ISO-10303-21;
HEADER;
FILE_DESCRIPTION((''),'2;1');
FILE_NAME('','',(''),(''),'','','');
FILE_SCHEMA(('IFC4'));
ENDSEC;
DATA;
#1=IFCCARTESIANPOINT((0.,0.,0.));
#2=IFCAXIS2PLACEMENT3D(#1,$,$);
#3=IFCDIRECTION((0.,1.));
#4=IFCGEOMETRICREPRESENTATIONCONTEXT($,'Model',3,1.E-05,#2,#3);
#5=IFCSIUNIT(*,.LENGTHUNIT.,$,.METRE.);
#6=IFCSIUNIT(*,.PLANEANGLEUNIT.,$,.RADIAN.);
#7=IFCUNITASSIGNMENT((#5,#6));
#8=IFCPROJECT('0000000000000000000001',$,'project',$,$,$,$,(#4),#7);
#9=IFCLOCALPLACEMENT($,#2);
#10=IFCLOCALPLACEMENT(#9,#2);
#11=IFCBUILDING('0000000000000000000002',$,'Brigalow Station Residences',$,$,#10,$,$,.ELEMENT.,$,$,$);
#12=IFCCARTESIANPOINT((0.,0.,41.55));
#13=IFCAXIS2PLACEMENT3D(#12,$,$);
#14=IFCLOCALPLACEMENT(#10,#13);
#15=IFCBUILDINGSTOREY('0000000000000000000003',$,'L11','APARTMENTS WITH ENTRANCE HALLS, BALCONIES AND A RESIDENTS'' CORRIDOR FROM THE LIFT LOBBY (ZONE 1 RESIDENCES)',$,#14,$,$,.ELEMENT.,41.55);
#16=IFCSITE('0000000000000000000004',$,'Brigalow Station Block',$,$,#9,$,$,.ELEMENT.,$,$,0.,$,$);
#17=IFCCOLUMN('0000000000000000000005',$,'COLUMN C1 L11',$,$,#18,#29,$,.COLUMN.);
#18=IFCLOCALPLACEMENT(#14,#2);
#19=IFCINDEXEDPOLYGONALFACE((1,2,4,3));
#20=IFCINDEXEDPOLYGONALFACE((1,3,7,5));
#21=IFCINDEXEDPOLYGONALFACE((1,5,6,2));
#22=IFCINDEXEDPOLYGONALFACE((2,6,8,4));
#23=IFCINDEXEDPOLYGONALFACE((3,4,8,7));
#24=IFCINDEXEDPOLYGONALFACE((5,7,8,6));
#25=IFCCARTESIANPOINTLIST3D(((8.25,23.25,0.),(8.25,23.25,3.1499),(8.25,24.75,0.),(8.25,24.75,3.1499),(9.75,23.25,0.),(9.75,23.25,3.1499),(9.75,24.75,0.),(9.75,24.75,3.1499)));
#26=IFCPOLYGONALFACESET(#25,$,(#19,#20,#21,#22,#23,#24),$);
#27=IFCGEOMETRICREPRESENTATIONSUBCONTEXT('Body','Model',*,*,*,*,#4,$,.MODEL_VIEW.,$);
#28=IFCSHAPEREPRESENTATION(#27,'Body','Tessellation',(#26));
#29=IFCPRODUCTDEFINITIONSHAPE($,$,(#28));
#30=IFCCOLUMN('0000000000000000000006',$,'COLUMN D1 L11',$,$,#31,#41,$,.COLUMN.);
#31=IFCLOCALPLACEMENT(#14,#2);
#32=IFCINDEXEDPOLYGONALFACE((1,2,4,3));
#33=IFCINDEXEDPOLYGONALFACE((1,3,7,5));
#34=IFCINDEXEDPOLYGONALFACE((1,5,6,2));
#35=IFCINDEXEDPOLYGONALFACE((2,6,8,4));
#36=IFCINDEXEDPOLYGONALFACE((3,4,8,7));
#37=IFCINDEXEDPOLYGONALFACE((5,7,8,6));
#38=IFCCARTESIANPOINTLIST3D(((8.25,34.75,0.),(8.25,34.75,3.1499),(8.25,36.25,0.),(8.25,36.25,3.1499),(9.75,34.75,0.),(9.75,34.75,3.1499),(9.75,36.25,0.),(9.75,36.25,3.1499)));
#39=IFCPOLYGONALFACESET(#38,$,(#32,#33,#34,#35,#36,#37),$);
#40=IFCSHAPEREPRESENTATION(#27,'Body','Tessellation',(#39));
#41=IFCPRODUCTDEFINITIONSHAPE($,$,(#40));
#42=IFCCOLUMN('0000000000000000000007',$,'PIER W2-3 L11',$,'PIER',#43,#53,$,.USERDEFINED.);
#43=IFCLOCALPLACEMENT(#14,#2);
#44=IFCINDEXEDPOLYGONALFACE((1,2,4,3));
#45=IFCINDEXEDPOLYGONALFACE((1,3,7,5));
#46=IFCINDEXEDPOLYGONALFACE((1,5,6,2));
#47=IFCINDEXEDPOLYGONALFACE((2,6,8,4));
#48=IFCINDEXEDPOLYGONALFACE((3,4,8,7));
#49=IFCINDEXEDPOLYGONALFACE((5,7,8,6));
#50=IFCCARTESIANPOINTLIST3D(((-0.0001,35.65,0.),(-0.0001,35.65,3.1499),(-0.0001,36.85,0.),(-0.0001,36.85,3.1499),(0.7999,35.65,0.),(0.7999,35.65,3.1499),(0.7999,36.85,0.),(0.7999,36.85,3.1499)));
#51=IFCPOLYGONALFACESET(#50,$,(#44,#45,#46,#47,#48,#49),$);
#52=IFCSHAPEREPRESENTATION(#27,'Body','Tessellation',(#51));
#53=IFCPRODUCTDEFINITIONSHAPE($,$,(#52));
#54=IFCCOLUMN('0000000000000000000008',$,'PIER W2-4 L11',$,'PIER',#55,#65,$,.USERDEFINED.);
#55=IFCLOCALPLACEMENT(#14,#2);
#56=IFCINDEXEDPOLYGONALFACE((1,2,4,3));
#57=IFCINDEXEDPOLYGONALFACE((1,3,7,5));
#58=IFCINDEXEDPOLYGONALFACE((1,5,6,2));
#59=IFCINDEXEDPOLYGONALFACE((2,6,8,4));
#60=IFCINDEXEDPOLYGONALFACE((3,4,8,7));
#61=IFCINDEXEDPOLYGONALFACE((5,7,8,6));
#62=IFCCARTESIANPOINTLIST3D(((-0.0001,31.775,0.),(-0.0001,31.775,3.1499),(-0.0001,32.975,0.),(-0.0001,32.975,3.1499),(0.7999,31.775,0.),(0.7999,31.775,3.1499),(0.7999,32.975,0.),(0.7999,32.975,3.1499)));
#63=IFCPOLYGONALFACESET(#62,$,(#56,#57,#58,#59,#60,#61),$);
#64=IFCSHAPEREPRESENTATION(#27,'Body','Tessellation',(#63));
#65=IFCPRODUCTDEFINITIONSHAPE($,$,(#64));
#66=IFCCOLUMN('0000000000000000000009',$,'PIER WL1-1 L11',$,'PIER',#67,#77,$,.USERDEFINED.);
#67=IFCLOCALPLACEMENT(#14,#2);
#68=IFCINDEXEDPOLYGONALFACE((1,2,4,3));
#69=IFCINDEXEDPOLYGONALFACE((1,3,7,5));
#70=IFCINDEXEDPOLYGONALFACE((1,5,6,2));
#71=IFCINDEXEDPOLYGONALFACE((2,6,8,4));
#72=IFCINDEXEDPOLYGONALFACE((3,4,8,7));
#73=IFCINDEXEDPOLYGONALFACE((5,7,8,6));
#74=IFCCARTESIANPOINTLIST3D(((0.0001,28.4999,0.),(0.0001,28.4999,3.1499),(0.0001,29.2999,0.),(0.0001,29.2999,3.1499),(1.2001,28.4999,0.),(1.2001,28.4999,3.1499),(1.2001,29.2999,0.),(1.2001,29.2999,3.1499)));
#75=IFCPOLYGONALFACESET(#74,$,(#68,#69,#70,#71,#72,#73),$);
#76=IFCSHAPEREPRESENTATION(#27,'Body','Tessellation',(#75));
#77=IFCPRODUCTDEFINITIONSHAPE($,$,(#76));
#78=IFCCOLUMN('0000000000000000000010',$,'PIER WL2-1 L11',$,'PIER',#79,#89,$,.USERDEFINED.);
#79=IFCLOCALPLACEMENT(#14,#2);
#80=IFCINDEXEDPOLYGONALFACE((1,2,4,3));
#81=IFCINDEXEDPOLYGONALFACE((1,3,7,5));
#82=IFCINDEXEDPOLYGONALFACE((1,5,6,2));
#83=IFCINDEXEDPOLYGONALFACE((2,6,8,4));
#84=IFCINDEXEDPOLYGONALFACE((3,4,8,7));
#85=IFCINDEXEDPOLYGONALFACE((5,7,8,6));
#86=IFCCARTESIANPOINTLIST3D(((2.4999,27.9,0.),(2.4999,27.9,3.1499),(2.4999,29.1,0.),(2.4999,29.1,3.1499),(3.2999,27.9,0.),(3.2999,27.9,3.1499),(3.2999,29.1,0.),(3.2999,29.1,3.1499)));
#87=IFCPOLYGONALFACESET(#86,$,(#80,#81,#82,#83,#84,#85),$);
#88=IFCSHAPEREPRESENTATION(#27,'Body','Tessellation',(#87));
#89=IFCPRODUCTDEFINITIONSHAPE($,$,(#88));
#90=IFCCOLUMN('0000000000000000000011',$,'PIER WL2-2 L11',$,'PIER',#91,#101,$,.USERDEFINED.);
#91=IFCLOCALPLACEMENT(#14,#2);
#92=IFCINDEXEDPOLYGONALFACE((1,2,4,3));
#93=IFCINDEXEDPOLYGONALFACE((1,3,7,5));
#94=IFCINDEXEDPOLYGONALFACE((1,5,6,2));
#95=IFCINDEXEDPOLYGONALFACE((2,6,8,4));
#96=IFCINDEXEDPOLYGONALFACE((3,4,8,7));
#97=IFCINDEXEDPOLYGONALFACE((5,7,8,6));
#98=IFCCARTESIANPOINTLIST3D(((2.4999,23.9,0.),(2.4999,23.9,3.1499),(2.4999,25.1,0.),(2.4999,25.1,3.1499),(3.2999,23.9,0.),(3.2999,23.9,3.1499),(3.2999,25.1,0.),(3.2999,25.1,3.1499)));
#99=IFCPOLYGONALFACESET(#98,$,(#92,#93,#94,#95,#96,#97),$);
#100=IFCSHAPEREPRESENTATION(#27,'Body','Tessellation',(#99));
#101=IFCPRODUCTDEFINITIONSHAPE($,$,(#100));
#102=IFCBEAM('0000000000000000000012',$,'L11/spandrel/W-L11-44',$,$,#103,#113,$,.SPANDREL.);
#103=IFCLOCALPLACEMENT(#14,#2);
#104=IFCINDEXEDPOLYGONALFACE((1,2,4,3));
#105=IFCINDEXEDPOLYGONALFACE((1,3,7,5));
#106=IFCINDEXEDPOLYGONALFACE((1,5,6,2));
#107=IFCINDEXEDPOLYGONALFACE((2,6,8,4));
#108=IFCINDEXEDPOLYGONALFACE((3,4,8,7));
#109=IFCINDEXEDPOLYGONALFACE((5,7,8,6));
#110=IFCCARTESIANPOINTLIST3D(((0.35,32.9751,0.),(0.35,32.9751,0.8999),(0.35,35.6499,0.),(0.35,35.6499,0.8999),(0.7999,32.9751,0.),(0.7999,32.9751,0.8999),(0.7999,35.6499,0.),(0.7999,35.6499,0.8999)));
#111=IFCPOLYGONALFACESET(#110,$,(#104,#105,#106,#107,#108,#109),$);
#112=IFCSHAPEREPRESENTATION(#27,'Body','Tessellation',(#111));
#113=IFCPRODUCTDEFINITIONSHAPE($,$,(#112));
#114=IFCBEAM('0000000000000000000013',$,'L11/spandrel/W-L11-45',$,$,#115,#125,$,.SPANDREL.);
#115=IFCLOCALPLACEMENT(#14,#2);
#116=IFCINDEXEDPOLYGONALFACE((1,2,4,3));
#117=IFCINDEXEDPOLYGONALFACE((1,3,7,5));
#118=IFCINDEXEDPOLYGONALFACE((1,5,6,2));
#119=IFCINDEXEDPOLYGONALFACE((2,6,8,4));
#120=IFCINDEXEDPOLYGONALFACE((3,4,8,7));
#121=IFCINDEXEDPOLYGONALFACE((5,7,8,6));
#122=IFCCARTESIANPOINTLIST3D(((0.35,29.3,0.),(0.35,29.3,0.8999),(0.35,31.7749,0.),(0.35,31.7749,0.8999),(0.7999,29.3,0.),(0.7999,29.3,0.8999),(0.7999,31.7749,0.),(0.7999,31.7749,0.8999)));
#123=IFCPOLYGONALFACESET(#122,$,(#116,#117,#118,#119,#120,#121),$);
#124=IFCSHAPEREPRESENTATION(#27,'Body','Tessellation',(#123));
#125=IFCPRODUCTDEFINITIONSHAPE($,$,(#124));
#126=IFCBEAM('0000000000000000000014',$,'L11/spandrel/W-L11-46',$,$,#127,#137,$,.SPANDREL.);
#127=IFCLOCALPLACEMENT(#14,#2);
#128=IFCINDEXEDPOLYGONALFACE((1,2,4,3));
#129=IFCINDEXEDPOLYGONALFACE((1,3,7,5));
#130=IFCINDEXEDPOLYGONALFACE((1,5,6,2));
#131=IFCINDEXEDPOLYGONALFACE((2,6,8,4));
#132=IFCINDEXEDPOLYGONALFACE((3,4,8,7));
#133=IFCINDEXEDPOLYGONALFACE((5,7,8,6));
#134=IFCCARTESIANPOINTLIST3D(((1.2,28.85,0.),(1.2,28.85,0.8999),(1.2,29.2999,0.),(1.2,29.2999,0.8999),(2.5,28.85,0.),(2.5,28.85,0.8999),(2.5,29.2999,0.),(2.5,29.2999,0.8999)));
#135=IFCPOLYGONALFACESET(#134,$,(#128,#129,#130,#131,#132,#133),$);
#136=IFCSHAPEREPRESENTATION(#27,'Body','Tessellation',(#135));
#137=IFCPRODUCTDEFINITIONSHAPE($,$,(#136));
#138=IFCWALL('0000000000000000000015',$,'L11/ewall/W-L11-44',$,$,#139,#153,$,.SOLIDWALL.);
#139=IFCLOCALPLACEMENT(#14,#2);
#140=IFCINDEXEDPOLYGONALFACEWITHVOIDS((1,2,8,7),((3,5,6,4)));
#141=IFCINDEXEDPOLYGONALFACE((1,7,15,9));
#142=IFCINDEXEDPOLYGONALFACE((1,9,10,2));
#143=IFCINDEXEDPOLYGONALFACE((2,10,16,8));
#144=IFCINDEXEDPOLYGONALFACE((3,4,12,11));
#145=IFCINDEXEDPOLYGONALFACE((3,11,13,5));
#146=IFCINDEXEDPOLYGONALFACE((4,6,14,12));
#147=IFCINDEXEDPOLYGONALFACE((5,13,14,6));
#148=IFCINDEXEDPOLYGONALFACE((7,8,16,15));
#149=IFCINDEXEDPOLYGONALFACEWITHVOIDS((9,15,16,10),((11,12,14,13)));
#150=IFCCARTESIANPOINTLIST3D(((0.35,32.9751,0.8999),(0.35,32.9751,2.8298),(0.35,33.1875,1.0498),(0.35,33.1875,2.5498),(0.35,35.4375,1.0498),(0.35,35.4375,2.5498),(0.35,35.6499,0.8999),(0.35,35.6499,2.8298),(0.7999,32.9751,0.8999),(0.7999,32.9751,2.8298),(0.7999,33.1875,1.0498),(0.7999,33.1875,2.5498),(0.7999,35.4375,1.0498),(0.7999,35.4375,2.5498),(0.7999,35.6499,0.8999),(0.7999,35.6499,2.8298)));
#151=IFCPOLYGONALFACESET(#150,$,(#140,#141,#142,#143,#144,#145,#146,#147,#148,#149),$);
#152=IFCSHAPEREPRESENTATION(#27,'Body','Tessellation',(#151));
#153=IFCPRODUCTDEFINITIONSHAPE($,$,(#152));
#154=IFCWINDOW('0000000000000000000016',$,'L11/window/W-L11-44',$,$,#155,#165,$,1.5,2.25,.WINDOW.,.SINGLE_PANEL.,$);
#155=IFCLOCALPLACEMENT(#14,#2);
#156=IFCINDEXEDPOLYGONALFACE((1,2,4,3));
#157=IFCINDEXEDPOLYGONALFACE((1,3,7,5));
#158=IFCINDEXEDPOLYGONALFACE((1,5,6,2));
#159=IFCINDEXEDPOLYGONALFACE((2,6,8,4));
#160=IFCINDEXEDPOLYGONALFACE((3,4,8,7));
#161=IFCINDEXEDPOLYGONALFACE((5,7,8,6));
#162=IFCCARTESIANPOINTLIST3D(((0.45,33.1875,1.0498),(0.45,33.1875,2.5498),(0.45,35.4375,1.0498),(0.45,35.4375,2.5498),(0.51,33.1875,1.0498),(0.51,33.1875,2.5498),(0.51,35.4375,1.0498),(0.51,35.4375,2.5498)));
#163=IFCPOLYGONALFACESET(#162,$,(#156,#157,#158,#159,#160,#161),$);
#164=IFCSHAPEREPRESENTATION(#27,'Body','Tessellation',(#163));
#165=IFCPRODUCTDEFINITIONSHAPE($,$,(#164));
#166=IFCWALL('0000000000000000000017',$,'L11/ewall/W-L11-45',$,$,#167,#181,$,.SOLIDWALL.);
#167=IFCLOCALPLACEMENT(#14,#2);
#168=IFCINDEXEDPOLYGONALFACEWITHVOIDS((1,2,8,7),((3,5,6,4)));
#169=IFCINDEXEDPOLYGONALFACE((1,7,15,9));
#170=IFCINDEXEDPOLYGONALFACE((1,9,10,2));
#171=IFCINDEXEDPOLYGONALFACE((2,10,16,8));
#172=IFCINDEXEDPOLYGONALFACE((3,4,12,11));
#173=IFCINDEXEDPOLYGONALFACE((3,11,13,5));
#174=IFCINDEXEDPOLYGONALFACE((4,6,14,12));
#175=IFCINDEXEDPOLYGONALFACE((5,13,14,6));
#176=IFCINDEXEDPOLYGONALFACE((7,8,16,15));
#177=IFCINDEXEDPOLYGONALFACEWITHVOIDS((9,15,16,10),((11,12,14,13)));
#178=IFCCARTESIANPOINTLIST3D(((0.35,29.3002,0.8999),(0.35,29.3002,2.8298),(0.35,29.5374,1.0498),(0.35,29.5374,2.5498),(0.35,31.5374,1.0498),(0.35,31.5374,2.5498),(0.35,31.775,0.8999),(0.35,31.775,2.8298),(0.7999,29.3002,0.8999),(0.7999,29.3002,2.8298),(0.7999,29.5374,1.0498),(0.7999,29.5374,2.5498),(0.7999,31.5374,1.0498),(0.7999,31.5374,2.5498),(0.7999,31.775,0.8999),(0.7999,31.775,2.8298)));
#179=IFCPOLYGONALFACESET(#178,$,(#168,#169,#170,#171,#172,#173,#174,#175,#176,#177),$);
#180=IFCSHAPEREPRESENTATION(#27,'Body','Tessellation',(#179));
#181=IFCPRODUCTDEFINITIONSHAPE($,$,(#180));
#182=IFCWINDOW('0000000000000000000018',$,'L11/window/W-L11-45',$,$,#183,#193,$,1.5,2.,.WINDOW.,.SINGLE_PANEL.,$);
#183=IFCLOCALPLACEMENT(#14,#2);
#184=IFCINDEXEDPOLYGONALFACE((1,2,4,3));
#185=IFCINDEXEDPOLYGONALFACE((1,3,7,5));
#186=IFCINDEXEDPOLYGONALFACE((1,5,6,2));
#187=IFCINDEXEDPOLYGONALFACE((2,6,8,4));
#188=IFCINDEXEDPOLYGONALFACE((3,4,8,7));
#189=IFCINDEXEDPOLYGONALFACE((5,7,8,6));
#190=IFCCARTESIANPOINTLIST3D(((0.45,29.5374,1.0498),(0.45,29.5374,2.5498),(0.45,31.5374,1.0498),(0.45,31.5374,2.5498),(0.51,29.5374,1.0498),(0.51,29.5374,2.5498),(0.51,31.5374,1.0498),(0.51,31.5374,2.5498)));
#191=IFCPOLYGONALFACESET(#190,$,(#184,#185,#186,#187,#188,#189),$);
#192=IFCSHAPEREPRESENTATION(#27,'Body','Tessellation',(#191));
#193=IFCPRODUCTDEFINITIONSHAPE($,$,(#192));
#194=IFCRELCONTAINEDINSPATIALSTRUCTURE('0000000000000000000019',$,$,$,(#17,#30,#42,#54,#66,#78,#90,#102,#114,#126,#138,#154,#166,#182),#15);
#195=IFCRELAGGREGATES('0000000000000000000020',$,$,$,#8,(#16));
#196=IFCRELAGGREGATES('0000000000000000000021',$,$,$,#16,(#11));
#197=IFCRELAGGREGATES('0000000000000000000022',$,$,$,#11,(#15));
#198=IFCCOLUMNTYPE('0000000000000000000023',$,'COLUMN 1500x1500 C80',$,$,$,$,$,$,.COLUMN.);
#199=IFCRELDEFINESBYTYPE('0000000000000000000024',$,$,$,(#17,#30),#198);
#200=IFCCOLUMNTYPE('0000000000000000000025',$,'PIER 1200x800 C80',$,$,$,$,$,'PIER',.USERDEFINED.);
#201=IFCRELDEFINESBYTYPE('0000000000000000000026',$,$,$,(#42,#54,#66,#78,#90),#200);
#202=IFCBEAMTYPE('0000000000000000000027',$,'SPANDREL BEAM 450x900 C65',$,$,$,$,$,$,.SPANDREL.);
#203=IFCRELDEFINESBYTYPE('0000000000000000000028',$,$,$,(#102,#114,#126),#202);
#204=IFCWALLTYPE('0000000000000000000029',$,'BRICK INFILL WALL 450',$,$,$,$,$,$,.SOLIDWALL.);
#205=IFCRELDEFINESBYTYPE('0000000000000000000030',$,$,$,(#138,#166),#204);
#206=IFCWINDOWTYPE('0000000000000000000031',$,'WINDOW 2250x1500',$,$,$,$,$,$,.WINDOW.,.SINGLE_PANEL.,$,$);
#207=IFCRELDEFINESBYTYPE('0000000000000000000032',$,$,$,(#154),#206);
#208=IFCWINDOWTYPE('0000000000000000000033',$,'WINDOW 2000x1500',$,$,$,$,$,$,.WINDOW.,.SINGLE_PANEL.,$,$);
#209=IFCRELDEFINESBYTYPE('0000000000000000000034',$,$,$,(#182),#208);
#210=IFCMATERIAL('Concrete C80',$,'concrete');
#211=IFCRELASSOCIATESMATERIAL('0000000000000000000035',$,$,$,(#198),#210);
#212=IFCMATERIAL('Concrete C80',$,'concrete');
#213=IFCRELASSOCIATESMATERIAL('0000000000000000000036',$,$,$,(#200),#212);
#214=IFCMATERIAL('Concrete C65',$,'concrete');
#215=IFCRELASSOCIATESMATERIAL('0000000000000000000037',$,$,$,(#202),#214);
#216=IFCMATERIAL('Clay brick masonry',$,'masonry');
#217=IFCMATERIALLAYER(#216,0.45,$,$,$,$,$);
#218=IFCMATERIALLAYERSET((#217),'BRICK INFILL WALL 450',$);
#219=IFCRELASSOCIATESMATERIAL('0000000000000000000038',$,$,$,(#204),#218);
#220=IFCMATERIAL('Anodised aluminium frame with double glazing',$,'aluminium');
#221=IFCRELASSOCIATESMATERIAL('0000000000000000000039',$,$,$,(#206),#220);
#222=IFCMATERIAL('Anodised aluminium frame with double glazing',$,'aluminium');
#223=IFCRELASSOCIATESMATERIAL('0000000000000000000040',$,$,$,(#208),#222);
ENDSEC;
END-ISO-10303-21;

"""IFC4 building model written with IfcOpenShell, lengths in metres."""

from ifc_helpers import new_model, si_unit, direction, frame, frame_2d, origin, origin_2d, place, context, subcontext, project, spatial, rectangle, extrude, material, layer, layer_set, material_profile, profile_set, type_object, element, fill, save


model = new_model("IFC4")

# Units and contexts
model_context = context("Model", 3, precision=1e-05, world=origin(), true_north=direction((0.0, 1.0)))
body_context = subcontext(model_context, "Body", "Model", "MODEL_VIEW")
ifc_project = project(units=[si_unit("LENGTHUNIT", "METRE"), si_unit("PLANEANGLEUNIT", "RADIAN")], contexts=[model_context])

# Site, building, storey
site_placement = place(None, origin())
site = spatial("IfcSite", under=ifc_project, at=site_placement, Name="Brigalow Station Block", CompositionType="ELEMENT", RefElevation=0.0)
building_placement = place(site_placement, origin())
building = spatial("IfcBuilding", under=site, at=building_placement, Name="Brigalow Station Residences", CompositionType="ELEMENT")
storey_placement = place(building_placement, frame((0.0, 0.0, 41.55)))
storey = spatial("IfcBuildingStorey", under=building, at=storey_placement, Name="L11", Description="APARTMENTS WITH ENTRANCE HALLS, BALCONIES AND A RESIDENTS' CORRIDOR FROM THE LIFT LOBBY (ZONE 1 RESIDENCES)", CompositionType="ELEMENT", Elevation=41.55)

# Columns
ifc_material_1 = material(Name="Concrete C80", Category="concrete")
ifc_material_profile_1 = material_profile(ifc_material_1, rectangle(XDim=1.5, YDim=1.5, at=origin_2d()), Name="RC1500x1500")
ifc_profile_set_1 = profile_set([ifc_material_profile_1], Name="Concrete C80")
column_type_1 = type_object("IfcColumnType", Name="COLUMN 1500x1500 C80", PredefinedType="COLUMN", material=ifc_profile_set_1)
for number, where, z_axis, x_axis, name in (
    (1, (9.0, 24.0, 0.0), (0.0, 0.0, 1.0), (1.0, 0.0, 0.0), "COLUMN C1 L11"),
    (2, (9.0, 35.5, 0.0), (0.0, 0.0, 1.0), (1.0, 0.0, 0.0), "COLUMN D1 L11"),
):
    element("IfcColumn", number, at=place(storey_placement, frame(where, z_axis=z_axis, x_axis=x_axis)), inside=storey, type_object=column_type_1, Name=name, PredefinedType="COLUMN", context=body_context, shape_type="SweptSolid", body=[
        extrude(rectangle(XDim=1.5, YDim=1.5, at=origin_2d()), origin(), (0.0, 0.0, 1.0), 3.1499),
    ])
ifc_material_2 = material(Name="Concrete C80", Category="concrete")
ifc_material_profile_2 = material_profile(ifc_material_2, rectangle(XDim=1.2, YDim=0.8, at=origin_2d()), Name="RC1200x800")
ifc_profile_set_2 = profile_set([ifc_material_profile_2], Name="Concrete C80")
column_type_2 = type_object("IfcColumnType", Name="PIER 1200x800 C80", ElementType="PIER", PredefinedType="USERDEFINED", material=ifc_profile_set_2)
for number, where, z_axis, x_axis, name in (
    (3, (0.3999, 36.25, 0.0), (0.0, 0.0, 1.0), (0.0, -1.0, 0.0), "PIER W2-3 L11"),
    (4, (0.3999, 32.375, 0.0), (0.0, 0.0, 1.0), (0.0, -1.0, 0.0), "PIER W2-4 L11"),
    (5, (0.6001, 28.8999, 0.0), (0.0, 0.0, 1.0), (1.0, 0.0, 0.0), "PIER WL1-1 L11"),
    (6, (2.8999, 28.5, 0.0), (0.0, 0.0, 1.0), (0.0, -1.0, 0.0), "PIER WL2-1 L11"),
    (7, (2.8999, 24.5, 0.0), (0.0, 0.0, 1.0), (0.0, -1.0, 0.0), "PIER WL2-2 L11"),
):
    element("IfcColumn", number, at=place(storey_placement, frame(where, z_axis=z_axis, x_axis=x_axis)), inside=storey, type_object=column_type_2, Name=name, ObjectType="PIER", PredefinedType="USERDEFINED", context=body_context, shape_type="SweptSolid", body=[
        extrude(rectangle(XDim=1.2, YDim=0.8, at=origin_2d()), origin(), (0.0, 0.0, 1.0), 3.1499),
    ])

# Beams
ifc_material_3 = material(Name="Concrete C65", Category="concrete")
ifc_material_profile_3 = material_profile(ifc_material_3, rectangle(XDim=0.45, YDim=0.8999, at=origin_2d()), Name="RC450x900")
ifc_profile_set_3 = profile_set([ifc_material_profile_3], Name="Concrete C65")
beam_type = type_object("IfcBeamType", Name="SPANDREL BEAM 450x900 C65", PredefinedType="SPANDREL", material=ifc_profile_set_3)
beam_1_placement = place(storey_placement, frame((0.575, 35.6499, 0.45), z_axis=(0.0, -1.0, 0.0), x_axis=(1.0, 0.0, 0.0)))
element("IfcBeam", 8, at=beam_1_placement, inside=storey, type_object=beam_type, Name="L11/spandrel/W-L11-44", PredefinedType="SPANDREL", context=body_context, shape_type="SweptSolid", body=[
    extrude(rectangle(XDim=0.45, YDim=0.8999, at=origin_2d()), origin(), (0.0, 0.0, 1.0), 2.6748),
])
beam_2_placement = place(storey_placement, frame((0.575, 31.7749, 0.45), z_axis=(0.0, -1.0, 0.0), x_axis=(1.0, 0.0, 0.0)))
element("IfcBeam", 9, at=beam_2_placement, inside=storey, type_object=beam_type, Name="L11/spandrel/W-L11-45", PredefinedType="SPANDREL", context=body_context, shape_type="SweptSolid", body=[
    extrude(rectangle(XDim=0.45, YDim=0.8999, at=origin_2d()), origin(), (0.0, 0.0, 1.0), 2.4749),
])
beam_3_placement = place(storey_placement, frame((1.2, 29.075, 0.45), z_axis=(1.0, 0.0, 0.0), x_axis=(0.0, 1.0, 0.0)))
element("IfcBeam", 10, at=beam_3_placement, inside=storey, type_object=beam_type, Name="L11/spandrel/W-L11-46", PredefinedType="SPANDREL", context=body_context, shape_type="SweptSolid", body=[
    extrude(rectangle(XDim=0.45, YDim=0.8999, at=origin_2d()), origin(), (0.0, 0.0, 1.0), 1.3),
])

# Walls, openings, windows
ifc_material_4 = material(Name="Clay brick masonry", Category="masonry")
ifc_layer_1 = layer(ifc_material_4, 0.45)
ifc_layer_set_1 = layer_set([ifc_layer_1], Name="BRICK INFILL WALL 450")
wall_type_1 = type_object("IfcWallType", Name="BRICK INFILL WALL 450", PredefinedType="SOLIDWALL", material=ifc_layer_set_1)
wall_1_placement = place(storey_placement, frame((0.575, 35.6499, 0.8999), z_axis=(0.0, 0.0, 1.0), x_axis=(0.0, -1.0, 0.0)))
wall_1 = element("IfcWall", 11, at=wall_1_placement, inside=storey, type_object=wall_type_1, Name="L11/ewall/W-L11-44", PredefinedType="SOLIDWALL", context=body_context, shape_type="SweptSolid", body=[
    extrude(rectangle(XDim=2.6748, YDim=0.45, at=frame_2d((1.3374, 0.0))), origin(), (0.0, 0.0, 1.0), 1.9299),
])
opening_1_placement = place(wall_1_placement, frame((0.2124, 0.0, 0.1499)))
opening_1 = element("IfcOpeningElement", 12, at=opening_1_placement, cuts=wall_1, PredefinedType="OPENING", context=body_context, shape_type="SweptSolid", body=[
    extrude(rectangle(XDim=2.25, YDim=1.5, at=frame_2d((1.125, 0.75))), frame((0.0, 0.2349, 0.0), z_axis=(0.0, -1.0, 0.0), x_axis=(1.0, 0.0, 0.0)), (0.0, 0.0, 1.0), 0.47),
])
ifc_material_5 = material(Name="Anodised aluminium frame with double glazing", Category="aluminium")
window_type_1 = type_object("IfcWindowType", Name="WINDOW 2250x1500", PartitioningType="SINGLE_PANEL", PredefinedType="WINDOW", material=ifc_material_5)
window_1_placement = place(opening_1_placement, origin())
window_1 = element("IfcWindow", 13, at=window_1_placement, inside=storey, type_object=window_type_1, Name="L11/window/W-L11-44", OverallHeight=1.5, OverallWidth=2.25, PartitioningType="SINGLE_PANEL", PredefinedType="WINDOW", context=body_context, shape_type="SweptSolid", body=[
    extrude(rectangle(XDim=2.25, YDim=1.5, at=frame_2d((1.125, 0.75))), frame((0.0, -0.0649, 0.0), z_axis=(0.0, -1.0, 0.0), x_axis=(1.0, 0.0, 0.0)), (0.0, 0.0, 1.0), 0.0601),
])
fill(opening_1, window_1)
wall_2_placement = place(storey_placement, frame((0.575, 31.7749, 0.8999), z_axis=(0.0, 0.0, 1.0), x_axis=(0.0, -1.0, 0.0)))
wall_2 = element("IfcWall", 14, at=wall_2_placement, inside=storey, type_object=wall_type_1, Name="L11/ewall/W-L11-45", PredefinedType="SOLIDWALL", context=body_context, shape_type="SweptSolid", body=[
    extrude(rectangle(XDim=2.4749, YDim=0.45, at=frame_2d((1.2373, 0.0))), origin(), (0.0, 0.0, 1.0), 1.9299),
])
opening_2_placement = place(wall_2_placement, frame((0.2375, 0.0, 0.1499)))
opening_2 = element("IfcOpeningElement", 15, at=opening_2_placement, cuts=wall_2, PredefinedType="OPENING", context=body_context, shape_type="SweptSolid", body=[
    extrude(rectangle(XDim=2.0, YDim=1.5, at=frame_2d((1.0, 0.75))), frame((0.0, 0.2349, 0.0), z_axis=(0.0, -1.0, 0.0), x_axis=(1.0, 0.0, 0.0)), (0.0, 0.0, 1.0), 0.47),
])
ifc_material_6 = material(Name="Anodised aluminium frame with double glazing", Category="aluminium")
window_type_2 = type_object("IfcWindowType", Name="WINDOW 2000x1500", PartitioningType="SINGLE_PANEL", PredefinedType="WINDOW", material=ifc_material_6)
window_2_placement = place(opening_2_placement, origin())
window_2 = element("IfcWindow", 16, at=window_2_placement, inside=storey, type_object=window_type_2, Name="L11/window/W-L11-45", OverallHeight=1.5, OverallWidth=2.0, PartitioningType="SINGLE_PANEL", PredefinedType="WINDOW", context=body_context, shape_type="SweptSolid", body=[
    extrude(rectangle(XDim=2.0, YDim=1.5, at=frame_2d((1.0, 0.75))), frame((0.0, -0.0649, 0.0), z_axis=(0.0, -1.0, 0.0), x_axis=(1.0, 0.0, 0.0)), (0.0, 0.0, 1.0), 0.0601),
])
fill(opening_2, window_2)

save(model, "model.ifc")
